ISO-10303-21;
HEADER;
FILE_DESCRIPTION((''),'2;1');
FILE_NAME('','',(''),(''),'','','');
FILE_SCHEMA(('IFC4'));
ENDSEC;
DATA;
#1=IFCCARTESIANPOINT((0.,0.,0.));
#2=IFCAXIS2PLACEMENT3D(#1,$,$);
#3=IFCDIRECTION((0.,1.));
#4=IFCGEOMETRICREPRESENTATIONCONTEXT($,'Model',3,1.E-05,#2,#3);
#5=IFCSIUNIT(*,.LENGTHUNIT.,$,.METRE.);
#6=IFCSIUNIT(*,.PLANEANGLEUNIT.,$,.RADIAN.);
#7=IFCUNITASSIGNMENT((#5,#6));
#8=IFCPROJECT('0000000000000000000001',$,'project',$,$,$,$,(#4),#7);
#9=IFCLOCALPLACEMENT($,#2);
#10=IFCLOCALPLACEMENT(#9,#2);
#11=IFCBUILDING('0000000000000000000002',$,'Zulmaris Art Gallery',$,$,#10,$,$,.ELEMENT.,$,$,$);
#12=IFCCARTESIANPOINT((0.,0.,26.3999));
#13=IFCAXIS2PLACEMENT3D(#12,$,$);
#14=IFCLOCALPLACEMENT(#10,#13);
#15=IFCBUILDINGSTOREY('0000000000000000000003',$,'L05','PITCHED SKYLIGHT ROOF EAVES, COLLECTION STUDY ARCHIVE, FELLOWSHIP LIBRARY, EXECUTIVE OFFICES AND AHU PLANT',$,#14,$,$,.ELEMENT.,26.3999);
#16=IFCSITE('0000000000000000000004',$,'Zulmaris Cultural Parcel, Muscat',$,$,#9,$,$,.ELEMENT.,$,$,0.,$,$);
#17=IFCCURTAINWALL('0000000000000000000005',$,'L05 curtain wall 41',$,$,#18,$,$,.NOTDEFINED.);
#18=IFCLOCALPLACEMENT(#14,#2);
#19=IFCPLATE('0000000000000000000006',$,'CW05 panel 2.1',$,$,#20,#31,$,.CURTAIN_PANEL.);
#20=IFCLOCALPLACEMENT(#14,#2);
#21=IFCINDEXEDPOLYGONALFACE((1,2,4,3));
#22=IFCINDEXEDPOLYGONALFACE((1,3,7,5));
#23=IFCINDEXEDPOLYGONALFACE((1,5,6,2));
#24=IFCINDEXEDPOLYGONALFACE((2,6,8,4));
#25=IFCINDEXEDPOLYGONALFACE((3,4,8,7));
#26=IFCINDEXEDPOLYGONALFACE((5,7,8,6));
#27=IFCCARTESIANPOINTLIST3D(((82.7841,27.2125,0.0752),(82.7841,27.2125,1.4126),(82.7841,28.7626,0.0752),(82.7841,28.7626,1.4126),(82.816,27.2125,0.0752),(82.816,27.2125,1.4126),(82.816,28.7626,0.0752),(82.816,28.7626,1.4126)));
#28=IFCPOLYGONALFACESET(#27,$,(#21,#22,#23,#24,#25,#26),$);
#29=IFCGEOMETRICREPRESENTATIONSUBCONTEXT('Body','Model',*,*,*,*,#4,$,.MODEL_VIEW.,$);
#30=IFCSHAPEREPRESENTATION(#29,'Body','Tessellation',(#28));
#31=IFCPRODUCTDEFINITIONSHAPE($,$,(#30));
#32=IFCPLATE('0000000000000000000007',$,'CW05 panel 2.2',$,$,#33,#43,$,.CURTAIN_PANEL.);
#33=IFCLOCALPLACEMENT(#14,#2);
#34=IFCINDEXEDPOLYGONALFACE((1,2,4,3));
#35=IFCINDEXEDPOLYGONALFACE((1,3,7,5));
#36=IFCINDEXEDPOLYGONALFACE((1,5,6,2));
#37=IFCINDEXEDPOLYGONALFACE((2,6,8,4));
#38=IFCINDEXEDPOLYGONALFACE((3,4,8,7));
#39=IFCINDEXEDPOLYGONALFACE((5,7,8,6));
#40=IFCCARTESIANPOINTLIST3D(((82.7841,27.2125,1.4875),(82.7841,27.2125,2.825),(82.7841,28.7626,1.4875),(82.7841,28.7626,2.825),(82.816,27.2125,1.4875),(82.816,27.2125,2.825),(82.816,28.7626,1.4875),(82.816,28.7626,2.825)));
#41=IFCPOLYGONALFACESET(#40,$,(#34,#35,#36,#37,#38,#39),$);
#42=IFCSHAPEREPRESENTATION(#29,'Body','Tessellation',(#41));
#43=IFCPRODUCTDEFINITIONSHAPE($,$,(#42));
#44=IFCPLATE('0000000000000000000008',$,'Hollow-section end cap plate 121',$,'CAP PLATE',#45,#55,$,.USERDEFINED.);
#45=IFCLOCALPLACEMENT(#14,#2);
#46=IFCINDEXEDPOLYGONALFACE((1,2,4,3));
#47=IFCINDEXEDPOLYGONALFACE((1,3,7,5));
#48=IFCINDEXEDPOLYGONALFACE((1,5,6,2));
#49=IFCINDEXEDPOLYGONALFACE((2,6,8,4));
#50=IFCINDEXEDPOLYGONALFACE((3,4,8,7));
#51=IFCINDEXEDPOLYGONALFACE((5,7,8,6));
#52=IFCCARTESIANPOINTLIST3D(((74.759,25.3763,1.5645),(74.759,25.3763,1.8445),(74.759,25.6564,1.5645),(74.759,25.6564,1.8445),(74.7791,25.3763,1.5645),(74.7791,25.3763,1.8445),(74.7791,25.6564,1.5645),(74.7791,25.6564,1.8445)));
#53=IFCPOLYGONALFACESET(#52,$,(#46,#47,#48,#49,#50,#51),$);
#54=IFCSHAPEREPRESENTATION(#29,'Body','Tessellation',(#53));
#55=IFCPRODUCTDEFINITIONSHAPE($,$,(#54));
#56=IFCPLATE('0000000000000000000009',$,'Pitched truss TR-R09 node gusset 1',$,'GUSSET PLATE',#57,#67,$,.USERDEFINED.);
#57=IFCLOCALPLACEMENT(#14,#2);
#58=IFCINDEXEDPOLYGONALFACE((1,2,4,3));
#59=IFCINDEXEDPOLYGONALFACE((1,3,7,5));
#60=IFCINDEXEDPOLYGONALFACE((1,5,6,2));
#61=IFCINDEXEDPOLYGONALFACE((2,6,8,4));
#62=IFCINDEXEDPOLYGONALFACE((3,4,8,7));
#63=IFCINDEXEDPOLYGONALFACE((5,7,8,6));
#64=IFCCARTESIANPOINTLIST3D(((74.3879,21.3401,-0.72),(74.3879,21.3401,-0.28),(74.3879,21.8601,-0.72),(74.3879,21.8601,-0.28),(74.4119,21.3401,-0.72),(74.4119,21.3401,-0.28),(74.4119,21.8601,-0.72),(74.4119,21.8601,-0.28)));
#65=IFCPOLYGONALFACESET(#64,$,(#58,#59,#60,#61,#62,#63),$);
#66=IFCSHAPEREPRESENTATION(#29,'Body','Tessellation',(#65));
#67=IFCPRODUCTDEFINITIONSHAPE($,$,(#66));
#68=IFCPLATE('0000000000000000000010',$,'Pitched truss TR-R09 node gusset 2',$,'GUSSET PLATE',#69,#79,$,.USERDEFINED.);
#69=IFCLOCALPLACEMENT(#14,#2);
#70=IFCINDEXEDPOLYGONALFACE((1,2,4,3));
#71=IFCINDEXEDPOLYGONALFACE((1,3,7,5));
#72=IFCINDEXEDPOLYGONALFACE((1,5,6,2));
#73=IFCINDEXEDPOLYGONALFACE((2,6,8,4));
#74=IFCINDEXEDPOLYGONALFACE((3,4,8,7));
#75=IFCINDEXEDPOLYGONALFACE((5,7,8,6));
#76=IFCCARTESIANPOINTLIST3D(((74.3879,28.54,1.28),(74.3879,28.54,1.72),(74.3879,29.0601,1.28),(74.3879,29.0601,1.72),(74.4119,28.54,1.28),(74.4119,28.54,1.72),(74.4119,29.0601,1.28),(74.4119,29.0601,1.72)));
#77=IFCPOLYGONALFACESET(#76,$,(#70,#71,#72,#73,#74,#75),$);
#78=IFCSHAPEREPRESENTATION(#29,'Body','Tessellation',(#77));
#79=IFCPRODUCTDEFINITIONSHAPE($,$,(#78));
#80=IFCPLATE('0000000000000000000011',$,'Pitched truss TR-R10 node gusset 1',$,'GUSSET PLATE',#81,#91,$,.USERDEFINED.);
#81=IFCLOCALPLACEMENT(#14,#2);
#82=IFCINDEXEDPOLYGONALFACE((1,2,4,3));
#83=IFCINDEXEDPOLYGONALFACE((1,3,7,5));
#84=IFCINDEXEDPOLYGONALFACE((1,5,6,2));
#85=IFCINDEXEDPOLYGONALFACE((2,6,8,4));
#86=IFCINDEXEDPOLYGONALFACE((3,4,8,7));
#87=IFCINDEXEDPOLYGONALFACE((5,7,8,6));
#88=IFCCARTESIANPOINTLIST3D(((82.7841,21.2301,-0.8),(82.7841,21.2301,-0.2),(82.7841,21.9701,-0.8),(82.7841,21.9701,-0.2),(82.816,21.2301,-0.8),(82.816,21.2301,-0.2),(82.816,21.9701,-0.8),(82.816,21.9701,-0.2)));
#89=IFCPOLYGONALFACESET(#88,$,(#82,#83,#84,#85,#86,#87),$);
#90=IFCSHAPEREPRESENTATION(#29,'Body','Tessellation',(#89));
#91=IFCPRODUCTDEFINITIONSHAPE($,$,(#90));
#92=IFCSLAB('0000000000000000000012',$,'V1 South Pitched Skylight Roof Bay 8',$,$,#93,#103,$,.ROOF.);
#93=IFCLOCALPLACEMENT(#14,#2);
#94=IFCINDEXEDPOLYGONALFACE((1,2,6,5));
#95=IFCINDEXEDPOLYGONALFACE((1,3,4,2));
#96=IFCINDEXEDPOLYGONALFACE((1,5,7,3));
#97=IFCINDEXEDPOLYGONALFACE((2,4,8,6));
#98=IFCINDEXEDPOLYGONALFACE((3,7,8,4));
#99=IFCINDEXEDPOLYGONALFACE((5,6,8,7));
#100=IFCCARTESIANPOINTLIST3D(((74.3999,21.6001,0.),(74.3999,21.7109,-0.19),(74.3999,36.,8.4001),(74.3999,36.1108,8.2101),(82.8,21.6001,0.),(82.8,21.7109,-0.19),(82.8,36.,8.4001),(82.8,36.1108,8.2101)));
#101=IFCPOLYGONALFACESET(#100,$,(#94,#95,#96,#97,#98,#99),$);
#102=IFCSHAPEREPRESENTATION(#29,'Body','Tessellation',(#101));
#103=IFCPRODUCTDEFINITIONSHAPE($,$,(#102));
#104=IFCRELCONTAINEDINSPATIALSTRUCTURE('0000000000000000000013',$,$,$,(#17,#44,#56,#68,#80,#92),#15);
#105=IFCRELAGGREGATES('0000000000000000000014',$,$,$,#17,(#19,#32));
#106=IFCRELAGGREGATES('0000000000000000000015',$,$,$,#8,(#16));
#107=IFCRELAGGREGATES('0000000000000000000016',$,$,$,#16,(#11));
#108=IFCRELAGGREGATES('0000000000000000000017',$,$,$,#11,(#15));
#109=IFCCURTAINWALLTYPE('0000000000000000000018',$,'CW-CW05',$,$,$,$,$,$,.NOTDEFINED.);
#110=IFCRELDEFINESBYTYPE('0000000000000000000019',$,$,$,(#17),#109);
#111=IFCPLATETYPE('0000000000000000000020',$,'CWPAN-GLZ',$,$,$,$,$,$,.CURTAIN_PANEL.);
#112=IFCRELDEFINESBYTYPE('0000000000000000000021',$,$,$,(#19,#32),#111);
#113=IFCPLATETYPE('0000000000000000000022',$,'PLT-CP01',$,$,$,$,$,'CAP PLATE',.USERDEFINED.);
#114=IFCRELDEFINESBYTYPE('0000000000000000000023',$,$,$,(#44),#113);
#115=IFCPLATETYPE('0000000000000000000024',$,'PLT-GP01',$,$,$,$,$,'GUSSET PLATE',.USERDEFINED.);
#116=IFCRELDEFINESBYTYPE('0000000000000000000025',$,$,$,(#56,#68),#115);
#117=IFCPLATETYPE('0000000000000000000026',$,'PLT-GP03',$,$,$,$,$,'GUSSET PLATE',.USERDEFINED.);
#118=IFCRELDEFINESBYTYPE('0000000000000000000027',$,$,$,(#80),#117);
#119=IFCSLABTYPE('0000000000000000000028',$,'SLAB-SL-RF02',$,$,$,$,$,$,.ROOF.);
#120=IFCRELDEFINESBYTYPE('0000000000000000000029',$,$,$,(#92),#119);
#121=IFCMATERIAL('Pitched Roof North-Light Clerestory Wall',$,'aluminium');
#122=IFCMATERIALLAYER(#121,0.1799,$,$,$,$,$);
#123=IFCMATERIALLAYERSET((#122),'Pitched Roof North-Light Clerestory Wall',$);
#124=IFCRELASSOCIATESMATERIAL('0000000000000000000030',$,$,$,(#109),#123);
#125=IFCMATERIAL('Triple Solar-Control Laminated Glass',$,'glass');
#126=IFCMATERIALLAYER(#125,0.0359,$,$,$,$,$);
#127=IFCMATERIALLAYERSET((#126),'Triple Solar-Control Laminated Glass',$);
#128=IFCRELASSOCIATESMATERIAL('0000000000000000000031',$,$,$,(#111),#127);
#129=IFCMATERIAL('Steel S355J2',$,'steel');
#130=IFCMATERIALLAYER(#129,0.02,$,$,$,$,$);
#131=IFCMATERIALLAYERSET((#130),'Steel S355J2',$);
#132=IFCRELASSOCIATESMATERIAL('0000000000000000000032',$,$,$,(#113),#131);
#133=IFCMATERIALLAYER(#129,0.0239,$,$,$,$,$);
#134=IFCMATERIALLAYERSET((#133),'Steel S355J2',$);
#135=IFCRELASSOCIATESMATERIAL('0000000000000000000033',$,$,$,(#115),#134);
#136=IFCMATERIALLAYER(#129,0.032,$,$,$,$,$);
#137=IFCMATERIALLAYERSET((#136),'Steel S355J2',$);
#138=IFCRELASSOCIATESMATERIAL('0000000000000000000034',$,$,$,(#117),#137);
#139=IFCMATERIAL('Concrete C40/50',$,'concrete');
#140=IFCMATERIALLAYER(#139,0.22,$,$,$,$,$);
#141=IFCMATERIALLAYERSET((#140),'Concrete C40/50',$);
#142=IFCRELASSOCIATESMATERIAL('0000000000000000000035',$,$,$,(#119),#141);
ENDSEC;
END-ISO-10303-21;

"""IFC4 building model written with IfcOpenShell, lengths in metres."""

from ifc_helpers import new_model, si_unit, direction, frame, origin, origin_2d, place, context, subcontext, project, spatial, polyline, rectangle, outline, extrude, material, layer, layer_set, type_object, element, aggregate, save


model = new_model("IFC4")

# Units and contexts
model_context = context("Model", 3, precision=1e-05, world=origin(), true_north=direction((0.0, 1.0)))
body_context = subcontext(model_context, "Body", "Model", "MODEL_VIEW")
ifc_project = project(units=[si_unit("LENGTHUNIT", "METRE"), si_unit("PLANEANGLEUNIT", "RADIAN")], contexts=[model_context])

# Site, building, storey
site_placement = place(None, origin())
site = spatial("IfcSite", under=ifc_project, at=site_placement, Name="Zulmaris Cultural Parcel, Muscat", CompositionType="ELEMENT", RefElevation=0.0)
building_placement = place(site_placement, origin())
building = spatial("IfcBuilding", under=site, at=building_placement, Name="Zulmaris Art Gallery", CompositionType="ELEMENT")
storey_placement = place(building_placement, frame((0.0, 0.0, 26.3999)))
storey = spatial("IfcBuildingStorey", under=building, at=storey_placement, Name="L05", Description="PITCHED SKYLIGHT ROOF EAVES, COLLECTION STUDY ARCHIVE, FELLOWSHIP LIBRARY, EXECUTIVE OFFICES AND AHU PLANT", CompositionType="ELEMENT", Elevation=26.3999)

# Curtain wall
ifc_material_1 = material(Name="Pitched Roof North-Light Clerestory Wall", Category="aluminium")
ifc_layer_1 = layer(ifc_material_1, 0.1799)
ifc_layer_set_1 = layer_set([ifc_layer_1], Name="Pitched Roof North-Light Clerestory Wall")
curtain_wall_type = type_object("IfcCurtainWallType", Name="CW-CW05", PredefinedType="NOTDEFINED", material=ifc_layer_set_1)
curtain_wall_placement = place(storey_placement, origin())
curtain_wall = element("IfcCurtainWall", 1, at=curtain_wall_placement, inside=storey, type_object=curtain_wall_type, Name="L05 curtain wall 41", PredefinedType="NOTDEFINED")

# Shared definitions
ifc_material_2 = material(Name="Steel S355J2", Category="steel")

# Plates
ifc_material_3 = material(Name="Triple Solar-Control Laminated Glass", Category="glass")
ifc_layer_2 = layer(ifc_material_3, 0.0359)
ifc_layer_set_2 = layer_set([ifc_layer_2], Name="Triple Solar-Control Laminated Glass")
plate_type_1 = type_object("IfcPlateType", Name="CWPAN-GLZ", PredefinedType="CURTAIN_PANEL", material=ifc_layer_set_2)
plate_1_placement = place(storey_placement, frame((82.8, 27.9875, 0.0752), z_axis=(0.0, 0.0, 1.0), x_axis=(0.0, 1.0, 0.0)))
plate_1 = element("IfcPlate", 2, at=plate_1_placement, type_object=plate_type_1, Name="CW05 panel 2.1", PredefinedType="CURTAIN_PANEL", context=body_context, shape_type="SweptSolid", body=[
    extrude(rectangle(XDim=1.55, YDim=0.032, at=origin_2d()), origin(), (0.0, 0.0, 1.0), 1.3374),
])
plate_2_placement = place(storey_placement, frame((82.8, 27.9875, 1.4875), z_axis=(0.0, 0.0, 1.0), x_axis=(0.0, 1.0, 0.0)))
plate_2 = element("IfcPlate", 3, at=plate_2_placement, type_object=plate_type_1, Name="CW05 panel 2.2", PredefinedType="CURTAIN_PANEL", context=body_context, shape_type="SweptSolid", body=[
    extrude(rectangle(XDim=1.55, YDim=0.032, at=origin_2d()), origin(), (0.0, 0.0, 1.0), 1.3374),
])
aggregate(curtain_wall, [plate_1, plate_2])

# Plates
ifc_layer_3 = layer(ifc_material_2, 0.02)
ifc_layer_set_3 = layer_set([ifc_layer_3], Name="Steel S355J2")
plate_type_2 = type_object("IfcPlateType", Name="PLT-CP01", ElementType="CAP PLATE", PredefinedType="USERDEFINED", material=ifc_layer_set_3)
plate_3_placement = place(storey_placement, frame((74.769, 25.5164, 1.5645), z_axis=(0.0, 0.0, 1.0), x_axis=(1.0, 0.0, 0.0)))
element("IfcPlate", 4, at=plate_3_placement, inside=storey, type_object=plate_type_2, Name="Hollow-section end cap plate 121", ObjectType="CAP PLATE", PredefinedType="USERDEFINED", context=body_context, shape_type="SweptSolid", body=[
    extrude(rectangle(XDim=0.02, YDim=0.28, at=origin_2d()), origin(), (0.0, 0.0, 1.0), 0.28),
])
ifc_layer_4 = layer(ifc_material_2, 0.0239)
ifc_layer_set_4 = layer_set([ifc_layer_4], Name="Steel S355J2")
plate_type_3 = type_object("IfcPlateType", Name="PLT-GP01", ElementType="GUSSET PLATE", PredefinedType="USERDEFINED", material=ifc_layer_set_4)
for number, where, z_axis, x_axis, name in (
    (5, (74.3999, 21.6001, -0.72), (0.0, 0.0, 1.0), (1.0, 0.0, 0.0), "Pitched truss TR-R09 node gusset 1"),
    (6, (74.3999, 28.8, 1.28), (0.0, 0.0, 1.0), (1.0, 0.0, 0.0), "Pitched truss TR-R09 node gusset 2"),
):
    element("IfcPlate", number, at=place(storey_placement, frame(where, z_axis=z_axis, x_axis=x_axis)), inside=storey, type_object=plate_type_3, Name=name, ObjectType="GUSSET PLATE", PredefinedType="USERDEFINED", context=body_context, shape_type="SweptSolid", body=[
        extrude(rectangle(XDim=0.0239, YDim=0.52, at=origin_2d()), origin(), (0.0, 0.0, 1.0), 0.4399),
    ])
ifc_layer_5 = layer(ifc_material_2, 0.032)
ifc_layer_set_5 = layer_set([ifc_layer_5], Name="Steel S355J2")
plate_type_4 = type_object("IfcPlateType", Name="PLT-GP03", ElementType="GUSSET PLATE", PredefinedType="USERDEFINED", material=ifc_layer_set_5)
plate_4_placement = place(storey_placement, frame((82.8, 21.6001, -0.8), z_axis=(0.0, 0.0, 1.0), x_axis=(1.0, 0.0, 0.0)))
element("IfcPlate", 7, at=plate_4_placement, inside=storey, type_object=plate_type_4, Name="Pitched truss TR-R10 node gusset 1", ObjectType="GUSSET PLATE", PredefinedType="USERDEFINED", context=body_context, shape_type="SweptSolid", body=[
    extrude(rectangle(XDim=0.032, YDim=0.74, at=origin_2d()), origin(), (0.0, 0.0, 1.0), 0.6001),
])

# Slab
ifc_material_4 = material(Name="Concrete C40/50", Category="concrete")
ifc_layer_6 = layer(ifc_material_4, 0.22)
ifc_layer_set_6 = layer_set([ifc_layer_6], Name="Concrete C40/50")
slab_type = type_object("IfcSlabType", Name="SLAB-SL-RF02", PredefinedType="ROOF", material=ifc_layer_set_6)
slab_placement = place(storey_placement, frame((74.3999, 21.6001, 0.0), z_axis=(0.0, -0.50388, 0.863774), x_axis=(1.0, 0.0, 0.0)))
element("IfcSlab", 8, at=slab_placement, inside=storey, type_object=slab_type, Name="V1 South Pitched Skylight Roof Bay 8", PredefinedType="ROOF", context=body_context, shape_type="SweptSolid", body=[
    extrude(outline(polyline([(0.0, 0.0), (8.4001, 0.0), (8.4001, 16.6709), (0.0, 16.6709), (0.0, 0.0)])), origin(), (0.0, 0.0, -1.0), 0.22),
])

save(model, "model.ifc")
